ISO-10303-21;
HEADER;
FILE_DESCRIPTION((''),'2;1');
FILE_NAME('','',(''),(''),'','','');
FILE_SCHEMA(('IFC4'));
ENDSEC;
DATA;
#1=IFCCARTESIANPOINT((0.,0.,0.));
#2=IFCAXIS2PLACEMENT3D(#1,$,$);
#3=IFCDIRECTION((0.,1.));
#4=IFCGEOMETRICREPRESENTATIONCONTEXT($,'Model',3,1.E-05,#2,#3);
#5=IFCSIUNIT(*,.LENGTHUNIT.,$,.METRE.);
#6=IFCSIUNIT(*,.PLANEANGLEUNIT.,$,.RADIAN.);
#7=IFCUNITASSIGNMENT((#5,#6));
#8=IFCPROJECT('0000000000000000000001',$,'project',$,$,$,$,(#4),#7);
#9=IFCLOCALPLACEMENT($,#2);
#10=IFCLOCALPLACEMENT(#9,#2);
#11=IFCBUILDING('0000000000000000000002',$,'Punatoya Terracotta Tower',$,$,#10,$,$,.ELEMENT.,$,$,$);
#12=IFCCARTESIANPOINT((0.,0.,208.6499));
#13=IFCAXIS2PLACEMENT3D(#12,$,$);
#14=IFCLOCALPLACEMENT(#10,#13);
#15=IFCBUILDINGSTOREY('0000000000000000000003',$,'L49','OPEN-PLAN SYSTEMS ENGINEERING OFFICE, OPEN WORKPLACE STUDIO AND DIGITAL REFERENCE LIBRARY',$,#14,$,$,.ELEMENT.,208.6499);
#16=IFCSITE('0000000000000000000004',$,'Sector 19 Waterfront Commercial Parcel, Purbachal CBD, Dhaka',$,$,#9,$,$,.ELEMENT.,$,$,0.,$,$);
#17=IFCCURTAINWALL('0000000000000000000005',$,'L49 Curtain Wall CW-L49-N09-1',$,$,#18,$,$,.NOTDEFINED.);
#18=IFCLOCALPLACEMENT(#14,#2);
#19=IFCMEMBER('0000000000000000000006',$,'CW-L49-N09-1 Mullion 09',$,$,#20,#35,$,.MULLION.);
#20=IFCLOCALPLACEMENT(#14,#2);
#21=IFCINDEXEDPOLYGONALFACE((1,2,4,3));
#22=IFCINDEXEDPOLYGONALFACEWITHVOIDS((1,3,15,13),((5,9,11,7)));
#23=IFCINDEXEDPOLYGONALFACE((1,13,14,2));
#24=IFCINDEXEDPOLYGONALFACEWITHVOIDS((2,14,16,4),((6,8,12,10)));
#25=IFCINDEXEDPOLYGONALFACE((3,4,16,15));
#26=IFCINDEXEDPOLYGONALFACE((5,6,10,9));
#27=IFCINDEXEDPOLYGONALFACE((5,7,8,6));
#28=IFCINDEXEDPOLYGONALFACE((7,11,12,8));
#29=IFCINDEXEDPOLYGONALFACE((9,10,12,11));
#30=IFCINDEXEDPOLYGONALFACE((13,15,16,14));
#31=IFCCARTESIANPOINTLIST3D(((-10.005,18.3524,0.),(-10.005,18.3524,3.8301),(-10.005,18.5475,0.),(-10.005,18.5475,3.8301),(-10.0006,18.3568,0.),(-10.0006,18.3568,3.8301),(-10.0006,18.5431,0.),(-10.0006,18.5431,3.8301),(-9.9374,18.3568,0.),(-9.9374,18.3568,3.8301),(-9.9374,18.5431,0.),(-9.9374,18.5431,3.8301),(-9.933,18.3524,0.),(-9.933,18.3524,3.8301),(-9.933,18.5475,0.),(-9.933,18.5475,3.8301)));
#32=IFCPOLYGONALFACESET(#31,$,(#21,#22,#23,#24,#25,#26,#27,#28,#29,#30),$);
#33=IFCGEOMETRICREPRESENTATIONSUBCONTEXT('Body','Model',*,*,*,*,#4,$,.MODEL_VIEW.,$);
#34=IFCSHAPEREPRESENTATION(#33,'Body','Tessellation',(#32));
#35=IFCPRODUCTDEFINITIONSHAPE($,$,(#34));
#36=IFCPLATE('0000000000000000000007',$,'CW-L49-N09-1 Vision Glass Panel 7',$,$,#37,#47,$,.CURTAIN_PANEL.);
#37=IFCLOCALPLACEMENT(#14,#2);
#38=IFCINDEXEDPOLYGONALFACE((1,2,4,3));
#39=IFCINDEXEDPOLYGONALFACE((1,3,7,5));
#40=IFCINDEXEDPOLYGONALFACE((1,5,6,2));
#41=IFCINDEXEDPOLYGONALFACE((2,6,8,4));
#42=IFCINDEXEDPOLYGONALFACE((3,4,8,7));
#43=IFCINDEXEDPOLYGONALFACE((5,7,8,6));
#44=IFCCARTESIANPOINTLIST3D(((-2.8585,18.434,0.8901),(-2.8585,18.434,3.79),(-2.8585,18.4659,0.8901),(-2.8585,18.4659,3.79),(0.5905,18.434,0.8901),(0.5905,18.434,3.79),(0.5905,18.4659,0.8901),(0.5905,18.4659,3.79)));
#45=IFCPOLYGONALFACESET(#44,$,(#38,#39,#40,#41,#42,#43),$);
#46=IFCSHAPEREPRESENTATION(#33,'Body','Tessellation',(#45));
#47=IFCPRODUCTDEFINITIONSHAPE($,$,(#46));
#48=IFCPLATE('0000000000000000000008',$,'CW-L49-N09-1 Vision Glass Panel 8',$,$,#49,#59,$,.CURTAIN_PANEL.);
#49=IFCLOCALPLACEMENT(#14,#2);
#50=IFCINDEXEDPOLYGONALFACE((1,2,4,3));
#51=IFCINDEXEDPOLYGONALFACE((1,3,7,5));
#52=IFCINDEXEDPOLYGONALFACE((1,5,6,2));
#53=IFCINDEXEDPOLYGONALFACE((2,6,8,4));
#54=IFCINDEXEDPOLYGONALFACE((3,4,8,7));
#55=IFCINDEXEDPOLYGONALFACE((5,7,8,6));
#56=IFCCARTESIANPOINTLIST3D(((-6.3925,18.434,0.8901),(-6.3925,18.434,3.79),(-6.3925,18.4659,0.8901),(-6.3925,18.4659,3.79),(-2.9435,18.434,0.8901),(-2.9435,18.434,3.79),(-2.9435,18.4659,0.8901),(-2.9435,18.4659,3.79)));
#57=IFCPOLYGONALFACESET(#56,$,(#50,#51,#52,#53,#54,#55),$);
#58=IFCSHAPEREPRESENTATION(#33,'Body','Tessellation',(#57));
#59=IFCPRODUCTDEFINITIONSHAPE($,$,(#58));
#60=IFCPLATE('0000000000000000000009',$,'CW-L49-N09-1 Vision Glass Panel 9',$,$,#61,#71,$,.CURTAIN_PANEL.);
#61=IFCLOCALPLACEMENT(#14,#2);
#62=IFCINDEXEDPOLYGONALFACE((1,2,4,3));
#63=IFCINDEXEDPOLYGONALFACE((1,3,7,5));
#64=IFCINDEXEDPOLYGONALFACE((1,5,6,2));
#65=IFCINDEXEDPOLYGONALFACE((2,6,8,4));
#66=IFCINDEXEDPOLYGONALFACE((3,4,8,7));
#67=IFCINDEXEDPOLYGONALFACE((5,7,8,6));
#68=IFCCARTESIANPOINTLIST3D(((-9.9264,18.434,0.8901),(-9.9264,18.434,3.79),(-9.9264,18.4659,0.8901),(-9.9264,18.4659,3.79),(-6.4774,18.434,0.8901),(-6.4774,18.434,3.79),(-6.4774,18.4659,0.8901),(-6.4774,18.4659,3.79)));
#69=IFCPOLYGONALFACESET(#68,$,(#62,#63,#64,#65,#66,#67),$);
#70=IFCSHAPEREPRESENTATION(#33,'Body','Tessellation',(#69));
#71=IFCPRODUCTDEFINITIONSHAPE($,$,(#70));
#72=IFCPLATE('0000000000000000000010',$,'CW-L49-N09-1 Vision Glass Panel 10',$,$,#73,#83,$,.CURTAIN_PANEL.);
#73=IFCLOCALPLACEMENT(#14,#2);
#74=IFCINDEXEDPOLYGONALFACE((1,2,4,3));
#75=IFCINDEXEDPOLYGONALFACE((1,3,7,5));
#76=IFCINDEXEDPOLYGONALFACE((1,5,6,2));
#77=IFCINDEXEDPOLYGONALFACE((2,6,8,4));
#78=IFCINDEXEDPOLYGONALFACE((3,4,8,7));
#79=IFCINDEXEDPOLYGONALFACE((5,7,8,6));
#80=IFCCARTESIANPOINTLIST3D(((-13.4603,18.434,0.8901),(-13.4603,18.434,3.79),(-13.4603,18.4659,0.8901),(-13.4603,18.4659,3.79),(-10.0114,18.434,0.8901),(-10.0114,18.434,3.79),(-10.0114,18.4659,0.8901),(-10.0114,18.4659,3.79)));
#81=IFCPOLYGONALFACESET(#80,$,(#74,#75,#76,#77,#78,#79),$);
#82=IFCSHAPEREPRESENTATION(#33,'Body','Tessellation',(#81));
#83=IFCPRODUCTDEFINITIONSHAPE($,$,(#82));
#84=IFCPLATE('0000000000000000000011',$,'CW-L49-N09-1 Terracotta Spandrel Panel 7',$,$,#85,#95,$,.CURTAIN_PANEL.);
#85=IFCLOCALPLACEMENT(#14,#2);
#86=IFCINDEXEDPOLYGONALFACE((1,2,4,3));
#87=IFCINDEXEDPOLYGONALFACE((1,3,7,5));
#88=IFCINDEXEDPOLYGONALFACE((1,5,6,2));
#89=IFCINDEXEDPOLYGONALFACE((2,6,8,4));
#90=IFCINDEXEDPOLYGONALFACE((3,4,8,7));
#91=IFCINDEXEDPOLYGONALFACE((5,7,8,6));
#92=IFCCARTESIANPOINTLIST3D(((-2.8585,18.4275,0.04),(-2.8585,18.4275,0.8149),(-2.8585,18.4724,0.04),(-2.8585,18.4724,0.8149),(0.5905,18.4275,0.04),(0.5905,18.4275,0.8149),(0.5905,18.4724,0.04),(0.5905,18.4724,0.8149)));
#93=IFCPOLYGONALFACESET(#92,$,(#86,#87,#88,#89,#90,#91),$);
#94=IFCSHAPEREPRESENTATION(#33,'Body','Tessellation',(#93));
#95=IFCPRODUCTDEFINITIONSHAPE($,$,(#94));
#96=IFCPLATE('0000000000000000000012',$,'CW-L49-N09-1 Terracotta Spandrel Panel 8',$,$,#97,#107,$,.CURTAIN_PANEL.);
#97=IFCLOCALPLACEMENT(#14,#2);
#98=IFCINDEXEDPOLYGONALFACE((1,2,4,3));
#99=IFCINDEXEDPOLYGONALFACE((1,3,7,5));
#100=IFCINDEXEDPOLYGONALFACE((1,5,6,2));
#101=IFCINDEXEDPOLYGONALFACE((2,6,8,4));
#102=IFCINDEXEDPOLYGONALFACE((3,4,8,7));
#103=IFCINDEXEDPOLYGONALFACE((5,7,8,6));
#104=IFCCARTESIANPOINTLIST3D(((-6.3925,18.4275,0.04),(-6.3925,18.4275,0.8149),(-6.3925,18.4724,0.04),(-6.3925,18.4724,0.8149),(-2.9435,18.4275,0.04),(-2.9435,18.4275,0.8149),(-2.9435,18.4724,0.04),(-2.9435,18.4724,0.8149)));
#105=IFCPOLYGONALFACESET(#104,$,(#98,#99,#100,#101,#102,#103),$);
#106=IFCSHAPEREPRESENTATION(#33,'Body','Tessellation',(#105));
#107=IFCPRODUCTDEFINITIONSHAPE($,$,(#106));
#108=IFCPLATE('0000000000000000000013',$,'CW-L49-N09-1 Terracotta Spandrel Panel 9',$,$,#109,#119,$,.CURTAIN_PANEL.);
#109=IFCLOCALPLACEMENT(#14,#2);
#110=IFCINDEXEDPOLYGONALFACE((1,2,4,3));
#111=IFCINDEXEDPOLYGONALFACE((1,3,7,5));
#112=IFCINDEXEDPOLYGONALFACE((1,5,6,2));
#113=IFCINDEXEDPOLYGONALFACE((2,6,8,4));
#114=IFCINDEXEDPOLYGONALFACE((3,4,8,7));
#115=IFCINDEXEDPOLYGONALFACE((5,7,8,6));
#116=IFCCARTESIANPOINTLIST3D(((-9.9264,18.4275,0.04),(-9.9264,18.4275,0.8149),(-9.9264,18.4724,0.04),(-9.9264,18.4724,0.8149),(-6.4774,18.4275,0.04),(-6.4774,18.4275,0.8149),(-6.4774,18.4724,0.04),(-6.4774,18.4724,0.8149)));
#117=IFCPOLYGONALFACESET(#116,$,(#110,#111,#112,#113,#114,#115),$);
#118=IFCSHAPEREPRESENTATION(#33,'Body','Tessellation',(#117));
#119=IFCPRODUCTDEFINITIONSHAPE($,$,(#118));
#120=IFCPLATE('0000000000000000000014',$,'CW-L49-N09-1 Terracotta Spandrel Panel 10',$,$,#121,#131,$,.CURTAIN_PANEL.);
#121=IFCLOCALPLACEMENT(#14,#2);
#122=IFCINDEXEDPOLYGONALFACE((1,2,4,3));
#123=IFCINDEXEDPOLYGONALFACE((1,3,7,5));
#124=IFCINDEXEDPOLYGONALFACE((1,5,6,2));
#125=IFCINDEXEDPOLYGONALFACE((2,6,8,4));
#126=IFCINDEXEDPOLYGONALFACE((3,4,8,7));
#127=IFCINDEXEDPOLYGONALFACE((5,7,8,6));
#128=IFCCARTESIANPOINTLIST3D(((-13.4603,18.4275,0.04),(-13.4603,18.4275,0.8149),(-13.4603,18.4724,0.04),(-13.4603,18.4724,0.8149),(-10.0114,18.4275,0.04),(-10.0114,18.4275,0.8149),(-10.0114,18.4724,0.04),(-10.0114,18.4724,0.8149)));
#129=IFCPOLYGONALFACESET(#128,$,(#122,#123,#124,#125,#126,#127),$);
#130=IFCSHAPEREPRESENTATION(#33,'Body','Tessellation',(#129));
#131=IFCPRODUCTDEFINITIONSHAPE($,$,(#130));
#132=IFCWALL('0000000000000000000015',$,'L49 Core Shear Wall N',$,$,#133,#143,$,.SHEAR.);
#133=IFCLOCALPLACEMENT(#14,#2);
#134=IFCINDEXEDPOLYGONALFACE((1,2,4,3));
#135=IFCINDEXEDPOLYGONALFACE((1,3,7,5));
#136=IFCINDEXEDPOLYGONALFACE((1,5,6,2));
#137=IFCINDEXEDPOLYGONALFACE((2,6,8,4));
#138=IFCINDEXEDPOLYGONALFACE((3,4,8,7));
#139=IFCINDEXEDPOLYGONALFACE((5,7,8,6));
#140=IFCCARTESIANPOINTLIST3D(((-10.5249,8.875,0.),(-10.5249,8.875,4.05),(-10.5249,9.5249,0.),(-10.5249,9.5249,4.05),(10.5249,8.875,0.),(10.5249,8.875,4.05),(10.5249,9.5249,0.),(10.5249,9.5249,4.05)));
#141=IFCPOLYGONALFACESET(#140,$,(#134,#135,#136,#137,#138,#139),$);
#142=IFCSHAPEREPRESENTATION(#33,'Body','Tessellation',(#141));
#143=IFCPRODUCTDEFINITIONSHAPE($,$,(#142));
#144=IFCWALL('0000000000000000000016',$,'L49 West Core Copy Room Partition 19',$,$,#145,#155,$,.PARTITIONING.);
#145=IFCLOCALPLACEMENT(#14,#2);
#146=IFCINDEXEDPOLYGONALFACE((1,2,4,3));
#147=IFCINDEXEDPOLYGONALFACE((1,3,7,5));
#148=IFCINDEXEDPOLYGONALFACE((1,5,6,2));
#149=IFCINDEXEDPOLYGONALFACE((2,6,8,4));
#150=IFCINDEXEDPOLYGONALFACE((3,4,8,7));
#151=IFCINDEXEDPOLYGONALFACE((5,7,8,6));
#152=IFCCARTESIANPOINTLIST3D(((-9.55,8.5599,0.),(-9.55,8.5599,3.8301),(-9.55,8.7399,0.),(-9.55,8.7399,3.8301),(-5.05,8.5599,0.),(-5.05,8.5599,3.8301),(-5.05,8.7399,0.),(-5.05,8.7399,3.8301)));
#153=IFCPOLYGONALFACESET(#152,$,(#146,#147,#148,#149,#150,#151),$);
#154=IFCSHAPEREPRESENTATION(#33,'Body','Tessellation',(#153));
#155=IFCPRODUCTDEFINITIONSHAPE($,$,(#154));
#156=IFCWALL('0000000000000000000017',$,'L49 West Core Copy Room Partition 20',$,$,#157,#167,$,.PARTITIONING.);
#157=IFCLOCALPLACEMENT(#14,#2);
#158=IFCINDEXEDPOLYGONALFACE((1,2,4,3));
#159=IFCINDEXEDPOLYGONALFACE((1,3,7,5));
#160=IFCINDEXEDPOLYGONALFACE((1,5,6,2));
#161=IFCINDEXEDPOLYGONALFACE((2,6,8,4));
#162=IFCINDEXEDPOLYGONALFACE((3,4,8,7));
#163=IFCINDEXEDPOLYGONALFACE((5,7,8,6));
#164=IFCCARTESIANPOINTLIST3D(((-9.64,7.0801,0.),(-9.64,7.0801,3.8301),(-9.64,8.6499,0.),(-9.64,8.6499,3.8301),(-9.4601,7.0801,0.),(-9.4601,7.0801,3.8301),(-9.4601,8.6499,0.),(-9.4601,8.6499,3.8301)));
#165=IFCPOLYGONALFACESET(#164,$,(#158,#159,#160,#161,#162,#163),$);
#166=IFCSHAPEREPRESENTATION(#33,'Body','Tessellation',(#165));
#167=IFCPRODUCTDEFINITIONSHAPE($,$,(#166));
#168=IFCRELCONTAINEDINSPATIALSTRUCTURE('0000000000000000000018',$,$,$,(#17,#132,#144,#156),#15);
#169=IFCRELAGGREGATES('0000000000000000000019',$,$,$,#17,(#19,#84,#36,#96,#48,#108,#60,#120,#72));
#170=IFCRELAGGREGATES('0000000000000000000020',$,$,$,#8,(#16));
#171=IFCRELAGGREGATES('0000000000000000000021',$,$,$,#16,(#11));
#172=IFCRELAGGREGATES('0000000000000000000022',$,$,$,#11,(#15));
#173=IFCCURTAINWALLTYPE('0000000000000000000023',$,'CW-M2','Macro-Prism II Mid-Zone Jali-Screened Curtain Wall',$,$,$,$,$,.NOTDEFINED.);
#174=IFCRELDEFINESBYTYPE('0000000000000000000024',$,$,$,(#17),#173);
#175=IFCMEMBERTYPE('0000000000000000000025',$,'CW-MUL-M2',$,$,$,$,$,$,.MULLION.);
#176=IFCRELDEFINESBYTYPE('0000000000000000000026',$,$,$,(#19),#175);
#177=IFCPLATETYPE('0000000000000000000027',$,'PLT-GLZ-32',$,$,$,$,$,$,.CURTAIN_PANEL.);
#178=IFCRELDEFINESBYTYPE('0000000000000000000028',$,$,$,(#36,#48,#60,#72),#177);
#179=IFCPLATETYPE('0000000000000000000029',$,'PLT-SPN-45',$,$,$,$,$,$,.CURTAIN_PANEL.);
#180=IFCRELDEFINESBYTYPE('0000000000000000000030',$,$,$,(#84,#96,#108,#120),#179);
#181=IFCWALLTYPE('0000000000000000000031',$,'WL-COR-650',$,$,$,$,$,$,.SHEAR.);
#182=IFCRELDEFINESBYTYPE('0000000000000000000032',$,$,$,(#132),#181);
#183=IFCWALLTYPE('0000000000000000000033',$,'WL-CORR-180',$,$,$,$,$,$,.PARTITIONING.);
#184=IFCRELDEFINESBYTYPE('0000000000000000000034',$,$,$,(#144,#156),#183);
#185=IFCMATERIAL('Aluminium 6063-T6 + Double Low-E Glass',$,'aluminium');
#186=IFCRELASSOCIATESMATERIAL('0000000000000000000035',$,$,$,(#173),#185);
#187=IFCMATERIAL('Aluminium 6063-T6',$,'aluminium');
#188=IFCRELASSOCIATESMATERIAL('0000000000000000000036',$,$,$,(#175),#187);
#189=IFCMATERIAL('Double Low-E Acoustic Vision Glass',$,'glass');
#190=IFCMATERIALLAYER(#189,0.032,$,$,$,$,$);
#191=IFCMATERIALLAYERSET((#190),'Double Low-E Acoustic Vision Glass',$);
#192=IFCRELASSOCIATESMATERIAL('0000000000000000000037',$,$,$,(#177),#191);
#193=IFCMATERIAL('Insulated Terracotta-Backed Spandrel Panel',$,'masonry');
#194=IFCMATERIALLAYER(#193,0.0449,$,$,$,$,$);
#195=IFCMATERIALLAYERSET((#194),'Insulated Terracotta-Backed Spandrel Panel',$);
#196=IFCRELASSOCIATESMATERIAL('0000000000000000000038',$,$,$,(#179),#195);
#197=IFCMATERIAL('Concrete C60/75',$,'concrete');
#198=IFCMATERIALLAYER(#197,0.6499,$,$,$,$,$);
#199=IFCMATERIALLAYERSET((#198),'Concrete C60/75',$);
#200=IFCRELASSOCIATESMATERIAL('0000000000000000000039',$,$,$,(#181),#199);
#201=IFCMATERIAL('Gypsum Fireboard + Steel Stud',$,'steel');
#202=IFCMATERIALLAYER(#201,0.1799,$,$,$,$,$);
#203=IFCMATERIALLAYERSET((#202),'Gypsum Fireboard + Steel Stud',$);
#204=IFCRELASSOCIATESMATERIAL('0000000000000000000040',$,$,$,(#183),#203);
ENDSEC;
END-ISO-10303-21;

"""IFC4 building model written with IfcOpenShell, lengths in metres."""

from ifc_helpers import new_model, si_unit, direction, frame, frame_2d, origin, origin_2d, place, context, subcontext, project, spatial, rectangle, hollow_rectangle, extrude, material, layer, layer_set, material_profile, profile_set, type_object, element, aggregate, save


model = new_model("IFC4")

# Units and contexts
model_context = context("Model", 3, precision=1e-05, world=origin(), true_north=direction((0.0, 1.0)))
body_context = subcontext(model_context, "Body", "Model", "MODEL_VIEW")
ifc_project = project(units=[si_unit("LENGTHUNIT", "METRE"), si_unit("PLANEANGLEUNIT", "RADIAN")], contexts=[model_context])

# Site, building, storey
site_placement = place(None, origin())
site = spatial("IfcSite", under=ifc_project, at=site_placement, Name="Sector 19 Waterfront Commercial Parcel, Purbachal CBD, Dhaka", CompositionType="ELEMENT", RefElevation=0.0)
building_placement = place(site_placement, origin())
building = spatial("IfcBuilding", under=site, at=building_placement, Name="Punatoya Terracotta Tower", CompositionType="ELEMENT")
storey_placement = place(building_placement, frame((0.0, 0.0, 208.6499)))
storey = spatial("IfcBuildingStorey", under=building, at=storey_placement, Name="L49", Description="OPEN-PLAN SYSTEMS ENGINEERING OFFICE, OPEN WORKPLACE STUDIO AND DIGITAL REFERENCE LIBRARY", CompositionType="ELEMENT", Elevation=208.6499)

# Curtain wall, member, plates
ifc_material_1 = material(Name="Aluminium 6063-T6 + Double Low-E Glass", Category="aluminium")
curtain_wall_type = type_object("IfcCurtainWallType", Name="CW-M2", Description="Macro-Prism II Mid-Zone Jali-Screened Curtain Wall", PredefinedType="NOTDEFINED", material=ifc_material_1)
curtain_wall_placement = place(storey_placement, origin())
curtain_wall = element("IfcCurtainWall", 1, at=curtain_wall_placement, inside=storey, type_object=curtain_wall_type, Name="L49 Curtain Wall CW-L49-N09-1", PredefinedType="NOTDEFINED")
ifc_material_2 = material(Name="Aluminium 6063-T6", Category="aluminium")
ifc_material_profile_1 = material_profile(ifc_material_2, hollow_rectangle(XDim=0.072, YDim=0.1951, WallThickness=0.0044, at=origin_2d()))
ifc_profile_set_1 = profile_set([ifc_material_profile_1], Name="Aluminium 6063-T6")
member_type = type_object("IfcMemberType", Name="CW-MUL-M2", PredefinedType="MULLION", material=ifc_profile_set_1)
member_1_placement = place(storey_placement, frame((-9.969, 18.45, 0.0), z_axis=(0.0, 0.0, 1.0), x_axis=(1.0, 0.0, 0.0)))
member_1 = element("IfcMember", 2, at=member_1_placement, type_object=member_type, Name="CW-L49-N09-1 Mullion 09", PredefinedType="MULLION", context=body_context, shape_type="SweptSolid", body=[
    extrude(hollow_rectangle(XDim=0.072, YDim=0.1951, WallThickness=0.0044, at=origin_2d()), origin(), (0.0, 0.0, 1.0), 3.8301),
])
ifc_material_3 = material(Name="Double Low-E Acoustic Vision Glass", Category="glass")
ifc_layer_1 = layer(ifc_material_3, 0.032)
ifc_layer_set_1 = layer_set([ifc_layer_1], Name="Double Low-E Acoustic Vision Glass")
plate_type_1 = type_object("IfcPlateType", Name="PLT-GLZ-32", PredefinedType="CURTAIN_PANEL", material=ifc_layer_set_1)
plate_1_placement = place(storey_placement, frame((-1.134, 18.45, 0.8901), z_axis=(0.0, 0.0, 1.0), x_axis=(-1.0, 0.0, 0.0)))
plate_1 = element("IfcPlate", 3, at=plate_1_placement, type_object=plate_type_1, Name="CW-L49-N09-1 Vision Glass Panel 7", PredefinedType="CURTAIN_PANEL", context=body_context, shape_type="SweptSolid", body=[
    extrude(rectangle(XDim=3.449, YDim=0.032, at=origin_2d()), origin(), (0.0, 0.0, 1.0), 2.8999),
])
plate_2_placement = place(storey_placement, frame((-4.668, 18.45, 0.8901), z_axis=(0.0, 0.0, 1.0), x_axis=(-1.0, 0.0, 0.0)))
plate_2 = element("IfcPlate", 4, at=plate_2_placement, type_object=plate_type_1, Name="CW-L49-N09-1 Vision Glass Panel 8", PredefinedType="CURTAIN_PANEL", context=body_context, shape_type="SweptSolid", body=[
    extrude(rectangle(XDim=3.449, YDim=0.032, at=origin_2d()), origin(), (0.0, 0.0, 1.0), 2.8999),
])
plate_3_placement = place(storey_placement, frame((-8.2019, 18.45, 0.8901), z_axis=(0.0, 0.0, 1.0), x_axis=(-1.0, 0.0, 0.0)))
plate_3 = element("IfcPlate", 5, at=plate_3_placement, type_object=plate_type_1, Name="CW-L49-N09-1 Vision Glass Panel 9", PredefinedType="CURTAIN_PANEL", context=body_context, shape_type="SweptSolid", body=[
    extrude(rectangle(XDim=3.449, YDim=0.032, at=origin_2d()), origin(), (0.0, 0.0, 1.0), 2.8999),
])
plate_4_placement = place(storey_placement, frame((-11.7358, 18.45, 0.8901), z_axis=(0.0, 0.0, 1.0), x_axis=(-1.0, 0.0, 0.0)))
plate_4 = element("IfcPlate", 6, at=plate_4_placement, type_object=plate_type_1, Name="CW-L49-N09-1 Vision Glass Panel 10", PredefinedType="CURTAIN_PANEL", context=body_context, shape_type="SweptSolid", body=[
    extrude(rectangle(XDim=3.449, YDim=0.032, at=origin_2d()), origin(), (0.0, 0.0, 1.0), 2.8999),
])
ifc_material_4 = material(Name="Insulated Terracotta-Backed Spandrel Panel", Category="masonry")
ifc_layer_2 = layer(ifc_material_4, 0.0449)
ifc_layer_set_2 = layer_set([ifc_layer_2], Name="Insulated Terracotta-Backed Spandrel Panel")
plate_type_2 = type_object("IfcPlateType", Name="PLT-SPN-45", PredefinedType="CURTAIN_PANEL", material=ifc_layer_set_2)
plate_5_placement = place(storey_placement, frame((-1.134, 18.45, 0.04), z_axis=(0.0, 0.0, 1.0), x_axis=(-1.0, 0.0, 0.0)))
plate_5 = element("IfcPlate", 7, at=plate_5_placement, type_object=plate_type_2, Name="CW-L49-N09-1 Terracotta Spandrel Panel 7", PredefinedType="CURTAIN_PANEL", context=body_context, shape_type="SweptSolid", body=[
    extrude(rectangle(XDim=3.449, YDim=0.0449, at=origin_2d()), origin(), (0.0, 0.0, 1.0), 0.7749),
])
plate_6_placement = place(storey_placement, frame((-4.668, 18.45, 0.04), z_axis=(0.0, 0.0, 1.0), x_axis=(-1.0, 0.0, 0.0)))
plate_6 = element("IfcPlate", 8, at=plate_6_placement, type_object=plate_type_2, Name="CW-L49-N09-1 Terracotta Spandrel Panel 8", PredefinedType="CURTAIN_PANEL", context=body_context, shape_type="SweptSolid", body=[
    extrude(rectangle(XDim=3.449, YDim=0.0449, at=origin_2d()), origin(), (0.0, 0.0, 1.0), 0.7749),
])
plate_7_placement = place(storey_placement, frame((-8.2019, 18.45, 0.04), z_axis=(0.0, 0.0, 1.0), x_axis=(-1.0, 0.0, 0.0)))
plate_7 = element("IfcPlate", 9, at=plate_7_placement, type_object=plate_type_2, Name="CW-L49-N09-1 Terracotta Spandrel Panel 9", PredefinedType="CURTAIN_PANEL", context=body_context, shape_type="SweptSolid", body=[
    extrude(rectangle(XDim=3.449, YDim=0.0449, at=origin_2d()), origin(), (0.0, 0.0, 1.0), 0.7749),
])
plate_8_placement = place(storey_placement, frame((-11.7358, 18.45, 0.04), z_axis=(0.0, 0.0, 1.0), x_axis=(-1.0, 0.0, 0.0)))
plate_8 = element("IfcPlate", 10, at=plate_8_placement, type_object=plate_type_2, Name="CW-L49-N09-1 Terracotta Spandrel Panel 10", PredefinedType="CURTAIN_PANEL", context=body_context, shape_type="SweptSolid", body=[
    extrude(rectangle(XDim=3.449, YDim=0.0449, at=origin_2d()), origin(), (0.0, 0.0, 1.0), 0.7749),
])
aggregate(curtain_wall, [member_1, plate_5, plate_1, plate_6, plate_2, plate_7, plate_3, plate_8, plate_4])

# Walls
ifc_material_5 = material(Name="Concrete C60/75", Category="concrete")
ifc_layer_3 = layer(ifc_material_5, 0.6499)
ifc_layer_set_3 = layer_set([ifc_layer_3], Name="Concrete C60/75")
wall_type_1 = type_object("IfcWallType", Name="WL-COR-650", PredefinedType="SHEAR", material=ifc_layer_set_3)
wall_1_placement = place(storey_placement, frame((-10.5249, 9.2, 0.0), z_axis=(0.0, 0.0, 1.0), x_axis=(1.0, 0.0, 0.0)))
element("IfcWall", 11, at=wall_1_placement, inside=storey, type_object=wall_type_1, Name="L49 Core Shear Wall N", PredefinedType="SHEAR", context=body_context, shape_type="SweptSolid", body=[
    extrude(rectangle(XDim=21.0498, YDim=0.6499, at=frame_2d((10.5249, 0.0))), origin(), (0.0, 0.0, 1.0), 4.05),
])
ifc_material_6 = material(Name="Gypsum Fireboard + Steel Stud", Category="steel")
ifc_layer_4 = layer(ifc_material_6, 0.1799)
ifc_layer_set_4 = layer_set([ifc_layer_4], Name="Gypsum Fireboard + Steel Stud")
wall_type_2 = type_object("IfcWallType", Name="WL-CORR-180", PredefinedType="PARTITIONING", material=ifc_layer_set_4)
wall_2_placement = place(storey_placement, frame((-5.05, 8.6499, 0.0), z_axis=(0.0, 0.0, 1.0), x_axis=(-1.0, 0.0, 0.0)))
element("IfcWall", 12, at=wall_2_placement, inside=storey, type_object=wall_type_2, Name="L49 West Core Copy Room Partition 19", PredefinedType="PARTITIONING", context=body_context, shape_type="SweptSolid", body=[
    extrude(rectangle(XDim=4.5, YDim=0.1799, at=frame_2d((2.25, 0.0))), origin(), (0.0, 0.0, 1.0), 3.8301),
])
wall_3_placement = place(storey_placement, frame((-9.55, 8.6499, 0.0), z_axis=(0.0, 0.0, 1.0), x_axis=(0.0, -1.0, 0.0)))
element("IfcWall", 13, at=wall_3_placement, inside=storey, type_object=wall_type_2, Name="L49 West Core Copy Room Partition 20", PredefinedType="PARTITIONING", context=body_context, shape_type="SweptSolid", body=[
    extrude(rectangle(XDim=1.5698, YDim=0.1799, at=frame_2d((0.7849, 0.0))), origin(), (0.0, 0.0, 1.0), 3.8301),
])

save(model, "model.ifc")
